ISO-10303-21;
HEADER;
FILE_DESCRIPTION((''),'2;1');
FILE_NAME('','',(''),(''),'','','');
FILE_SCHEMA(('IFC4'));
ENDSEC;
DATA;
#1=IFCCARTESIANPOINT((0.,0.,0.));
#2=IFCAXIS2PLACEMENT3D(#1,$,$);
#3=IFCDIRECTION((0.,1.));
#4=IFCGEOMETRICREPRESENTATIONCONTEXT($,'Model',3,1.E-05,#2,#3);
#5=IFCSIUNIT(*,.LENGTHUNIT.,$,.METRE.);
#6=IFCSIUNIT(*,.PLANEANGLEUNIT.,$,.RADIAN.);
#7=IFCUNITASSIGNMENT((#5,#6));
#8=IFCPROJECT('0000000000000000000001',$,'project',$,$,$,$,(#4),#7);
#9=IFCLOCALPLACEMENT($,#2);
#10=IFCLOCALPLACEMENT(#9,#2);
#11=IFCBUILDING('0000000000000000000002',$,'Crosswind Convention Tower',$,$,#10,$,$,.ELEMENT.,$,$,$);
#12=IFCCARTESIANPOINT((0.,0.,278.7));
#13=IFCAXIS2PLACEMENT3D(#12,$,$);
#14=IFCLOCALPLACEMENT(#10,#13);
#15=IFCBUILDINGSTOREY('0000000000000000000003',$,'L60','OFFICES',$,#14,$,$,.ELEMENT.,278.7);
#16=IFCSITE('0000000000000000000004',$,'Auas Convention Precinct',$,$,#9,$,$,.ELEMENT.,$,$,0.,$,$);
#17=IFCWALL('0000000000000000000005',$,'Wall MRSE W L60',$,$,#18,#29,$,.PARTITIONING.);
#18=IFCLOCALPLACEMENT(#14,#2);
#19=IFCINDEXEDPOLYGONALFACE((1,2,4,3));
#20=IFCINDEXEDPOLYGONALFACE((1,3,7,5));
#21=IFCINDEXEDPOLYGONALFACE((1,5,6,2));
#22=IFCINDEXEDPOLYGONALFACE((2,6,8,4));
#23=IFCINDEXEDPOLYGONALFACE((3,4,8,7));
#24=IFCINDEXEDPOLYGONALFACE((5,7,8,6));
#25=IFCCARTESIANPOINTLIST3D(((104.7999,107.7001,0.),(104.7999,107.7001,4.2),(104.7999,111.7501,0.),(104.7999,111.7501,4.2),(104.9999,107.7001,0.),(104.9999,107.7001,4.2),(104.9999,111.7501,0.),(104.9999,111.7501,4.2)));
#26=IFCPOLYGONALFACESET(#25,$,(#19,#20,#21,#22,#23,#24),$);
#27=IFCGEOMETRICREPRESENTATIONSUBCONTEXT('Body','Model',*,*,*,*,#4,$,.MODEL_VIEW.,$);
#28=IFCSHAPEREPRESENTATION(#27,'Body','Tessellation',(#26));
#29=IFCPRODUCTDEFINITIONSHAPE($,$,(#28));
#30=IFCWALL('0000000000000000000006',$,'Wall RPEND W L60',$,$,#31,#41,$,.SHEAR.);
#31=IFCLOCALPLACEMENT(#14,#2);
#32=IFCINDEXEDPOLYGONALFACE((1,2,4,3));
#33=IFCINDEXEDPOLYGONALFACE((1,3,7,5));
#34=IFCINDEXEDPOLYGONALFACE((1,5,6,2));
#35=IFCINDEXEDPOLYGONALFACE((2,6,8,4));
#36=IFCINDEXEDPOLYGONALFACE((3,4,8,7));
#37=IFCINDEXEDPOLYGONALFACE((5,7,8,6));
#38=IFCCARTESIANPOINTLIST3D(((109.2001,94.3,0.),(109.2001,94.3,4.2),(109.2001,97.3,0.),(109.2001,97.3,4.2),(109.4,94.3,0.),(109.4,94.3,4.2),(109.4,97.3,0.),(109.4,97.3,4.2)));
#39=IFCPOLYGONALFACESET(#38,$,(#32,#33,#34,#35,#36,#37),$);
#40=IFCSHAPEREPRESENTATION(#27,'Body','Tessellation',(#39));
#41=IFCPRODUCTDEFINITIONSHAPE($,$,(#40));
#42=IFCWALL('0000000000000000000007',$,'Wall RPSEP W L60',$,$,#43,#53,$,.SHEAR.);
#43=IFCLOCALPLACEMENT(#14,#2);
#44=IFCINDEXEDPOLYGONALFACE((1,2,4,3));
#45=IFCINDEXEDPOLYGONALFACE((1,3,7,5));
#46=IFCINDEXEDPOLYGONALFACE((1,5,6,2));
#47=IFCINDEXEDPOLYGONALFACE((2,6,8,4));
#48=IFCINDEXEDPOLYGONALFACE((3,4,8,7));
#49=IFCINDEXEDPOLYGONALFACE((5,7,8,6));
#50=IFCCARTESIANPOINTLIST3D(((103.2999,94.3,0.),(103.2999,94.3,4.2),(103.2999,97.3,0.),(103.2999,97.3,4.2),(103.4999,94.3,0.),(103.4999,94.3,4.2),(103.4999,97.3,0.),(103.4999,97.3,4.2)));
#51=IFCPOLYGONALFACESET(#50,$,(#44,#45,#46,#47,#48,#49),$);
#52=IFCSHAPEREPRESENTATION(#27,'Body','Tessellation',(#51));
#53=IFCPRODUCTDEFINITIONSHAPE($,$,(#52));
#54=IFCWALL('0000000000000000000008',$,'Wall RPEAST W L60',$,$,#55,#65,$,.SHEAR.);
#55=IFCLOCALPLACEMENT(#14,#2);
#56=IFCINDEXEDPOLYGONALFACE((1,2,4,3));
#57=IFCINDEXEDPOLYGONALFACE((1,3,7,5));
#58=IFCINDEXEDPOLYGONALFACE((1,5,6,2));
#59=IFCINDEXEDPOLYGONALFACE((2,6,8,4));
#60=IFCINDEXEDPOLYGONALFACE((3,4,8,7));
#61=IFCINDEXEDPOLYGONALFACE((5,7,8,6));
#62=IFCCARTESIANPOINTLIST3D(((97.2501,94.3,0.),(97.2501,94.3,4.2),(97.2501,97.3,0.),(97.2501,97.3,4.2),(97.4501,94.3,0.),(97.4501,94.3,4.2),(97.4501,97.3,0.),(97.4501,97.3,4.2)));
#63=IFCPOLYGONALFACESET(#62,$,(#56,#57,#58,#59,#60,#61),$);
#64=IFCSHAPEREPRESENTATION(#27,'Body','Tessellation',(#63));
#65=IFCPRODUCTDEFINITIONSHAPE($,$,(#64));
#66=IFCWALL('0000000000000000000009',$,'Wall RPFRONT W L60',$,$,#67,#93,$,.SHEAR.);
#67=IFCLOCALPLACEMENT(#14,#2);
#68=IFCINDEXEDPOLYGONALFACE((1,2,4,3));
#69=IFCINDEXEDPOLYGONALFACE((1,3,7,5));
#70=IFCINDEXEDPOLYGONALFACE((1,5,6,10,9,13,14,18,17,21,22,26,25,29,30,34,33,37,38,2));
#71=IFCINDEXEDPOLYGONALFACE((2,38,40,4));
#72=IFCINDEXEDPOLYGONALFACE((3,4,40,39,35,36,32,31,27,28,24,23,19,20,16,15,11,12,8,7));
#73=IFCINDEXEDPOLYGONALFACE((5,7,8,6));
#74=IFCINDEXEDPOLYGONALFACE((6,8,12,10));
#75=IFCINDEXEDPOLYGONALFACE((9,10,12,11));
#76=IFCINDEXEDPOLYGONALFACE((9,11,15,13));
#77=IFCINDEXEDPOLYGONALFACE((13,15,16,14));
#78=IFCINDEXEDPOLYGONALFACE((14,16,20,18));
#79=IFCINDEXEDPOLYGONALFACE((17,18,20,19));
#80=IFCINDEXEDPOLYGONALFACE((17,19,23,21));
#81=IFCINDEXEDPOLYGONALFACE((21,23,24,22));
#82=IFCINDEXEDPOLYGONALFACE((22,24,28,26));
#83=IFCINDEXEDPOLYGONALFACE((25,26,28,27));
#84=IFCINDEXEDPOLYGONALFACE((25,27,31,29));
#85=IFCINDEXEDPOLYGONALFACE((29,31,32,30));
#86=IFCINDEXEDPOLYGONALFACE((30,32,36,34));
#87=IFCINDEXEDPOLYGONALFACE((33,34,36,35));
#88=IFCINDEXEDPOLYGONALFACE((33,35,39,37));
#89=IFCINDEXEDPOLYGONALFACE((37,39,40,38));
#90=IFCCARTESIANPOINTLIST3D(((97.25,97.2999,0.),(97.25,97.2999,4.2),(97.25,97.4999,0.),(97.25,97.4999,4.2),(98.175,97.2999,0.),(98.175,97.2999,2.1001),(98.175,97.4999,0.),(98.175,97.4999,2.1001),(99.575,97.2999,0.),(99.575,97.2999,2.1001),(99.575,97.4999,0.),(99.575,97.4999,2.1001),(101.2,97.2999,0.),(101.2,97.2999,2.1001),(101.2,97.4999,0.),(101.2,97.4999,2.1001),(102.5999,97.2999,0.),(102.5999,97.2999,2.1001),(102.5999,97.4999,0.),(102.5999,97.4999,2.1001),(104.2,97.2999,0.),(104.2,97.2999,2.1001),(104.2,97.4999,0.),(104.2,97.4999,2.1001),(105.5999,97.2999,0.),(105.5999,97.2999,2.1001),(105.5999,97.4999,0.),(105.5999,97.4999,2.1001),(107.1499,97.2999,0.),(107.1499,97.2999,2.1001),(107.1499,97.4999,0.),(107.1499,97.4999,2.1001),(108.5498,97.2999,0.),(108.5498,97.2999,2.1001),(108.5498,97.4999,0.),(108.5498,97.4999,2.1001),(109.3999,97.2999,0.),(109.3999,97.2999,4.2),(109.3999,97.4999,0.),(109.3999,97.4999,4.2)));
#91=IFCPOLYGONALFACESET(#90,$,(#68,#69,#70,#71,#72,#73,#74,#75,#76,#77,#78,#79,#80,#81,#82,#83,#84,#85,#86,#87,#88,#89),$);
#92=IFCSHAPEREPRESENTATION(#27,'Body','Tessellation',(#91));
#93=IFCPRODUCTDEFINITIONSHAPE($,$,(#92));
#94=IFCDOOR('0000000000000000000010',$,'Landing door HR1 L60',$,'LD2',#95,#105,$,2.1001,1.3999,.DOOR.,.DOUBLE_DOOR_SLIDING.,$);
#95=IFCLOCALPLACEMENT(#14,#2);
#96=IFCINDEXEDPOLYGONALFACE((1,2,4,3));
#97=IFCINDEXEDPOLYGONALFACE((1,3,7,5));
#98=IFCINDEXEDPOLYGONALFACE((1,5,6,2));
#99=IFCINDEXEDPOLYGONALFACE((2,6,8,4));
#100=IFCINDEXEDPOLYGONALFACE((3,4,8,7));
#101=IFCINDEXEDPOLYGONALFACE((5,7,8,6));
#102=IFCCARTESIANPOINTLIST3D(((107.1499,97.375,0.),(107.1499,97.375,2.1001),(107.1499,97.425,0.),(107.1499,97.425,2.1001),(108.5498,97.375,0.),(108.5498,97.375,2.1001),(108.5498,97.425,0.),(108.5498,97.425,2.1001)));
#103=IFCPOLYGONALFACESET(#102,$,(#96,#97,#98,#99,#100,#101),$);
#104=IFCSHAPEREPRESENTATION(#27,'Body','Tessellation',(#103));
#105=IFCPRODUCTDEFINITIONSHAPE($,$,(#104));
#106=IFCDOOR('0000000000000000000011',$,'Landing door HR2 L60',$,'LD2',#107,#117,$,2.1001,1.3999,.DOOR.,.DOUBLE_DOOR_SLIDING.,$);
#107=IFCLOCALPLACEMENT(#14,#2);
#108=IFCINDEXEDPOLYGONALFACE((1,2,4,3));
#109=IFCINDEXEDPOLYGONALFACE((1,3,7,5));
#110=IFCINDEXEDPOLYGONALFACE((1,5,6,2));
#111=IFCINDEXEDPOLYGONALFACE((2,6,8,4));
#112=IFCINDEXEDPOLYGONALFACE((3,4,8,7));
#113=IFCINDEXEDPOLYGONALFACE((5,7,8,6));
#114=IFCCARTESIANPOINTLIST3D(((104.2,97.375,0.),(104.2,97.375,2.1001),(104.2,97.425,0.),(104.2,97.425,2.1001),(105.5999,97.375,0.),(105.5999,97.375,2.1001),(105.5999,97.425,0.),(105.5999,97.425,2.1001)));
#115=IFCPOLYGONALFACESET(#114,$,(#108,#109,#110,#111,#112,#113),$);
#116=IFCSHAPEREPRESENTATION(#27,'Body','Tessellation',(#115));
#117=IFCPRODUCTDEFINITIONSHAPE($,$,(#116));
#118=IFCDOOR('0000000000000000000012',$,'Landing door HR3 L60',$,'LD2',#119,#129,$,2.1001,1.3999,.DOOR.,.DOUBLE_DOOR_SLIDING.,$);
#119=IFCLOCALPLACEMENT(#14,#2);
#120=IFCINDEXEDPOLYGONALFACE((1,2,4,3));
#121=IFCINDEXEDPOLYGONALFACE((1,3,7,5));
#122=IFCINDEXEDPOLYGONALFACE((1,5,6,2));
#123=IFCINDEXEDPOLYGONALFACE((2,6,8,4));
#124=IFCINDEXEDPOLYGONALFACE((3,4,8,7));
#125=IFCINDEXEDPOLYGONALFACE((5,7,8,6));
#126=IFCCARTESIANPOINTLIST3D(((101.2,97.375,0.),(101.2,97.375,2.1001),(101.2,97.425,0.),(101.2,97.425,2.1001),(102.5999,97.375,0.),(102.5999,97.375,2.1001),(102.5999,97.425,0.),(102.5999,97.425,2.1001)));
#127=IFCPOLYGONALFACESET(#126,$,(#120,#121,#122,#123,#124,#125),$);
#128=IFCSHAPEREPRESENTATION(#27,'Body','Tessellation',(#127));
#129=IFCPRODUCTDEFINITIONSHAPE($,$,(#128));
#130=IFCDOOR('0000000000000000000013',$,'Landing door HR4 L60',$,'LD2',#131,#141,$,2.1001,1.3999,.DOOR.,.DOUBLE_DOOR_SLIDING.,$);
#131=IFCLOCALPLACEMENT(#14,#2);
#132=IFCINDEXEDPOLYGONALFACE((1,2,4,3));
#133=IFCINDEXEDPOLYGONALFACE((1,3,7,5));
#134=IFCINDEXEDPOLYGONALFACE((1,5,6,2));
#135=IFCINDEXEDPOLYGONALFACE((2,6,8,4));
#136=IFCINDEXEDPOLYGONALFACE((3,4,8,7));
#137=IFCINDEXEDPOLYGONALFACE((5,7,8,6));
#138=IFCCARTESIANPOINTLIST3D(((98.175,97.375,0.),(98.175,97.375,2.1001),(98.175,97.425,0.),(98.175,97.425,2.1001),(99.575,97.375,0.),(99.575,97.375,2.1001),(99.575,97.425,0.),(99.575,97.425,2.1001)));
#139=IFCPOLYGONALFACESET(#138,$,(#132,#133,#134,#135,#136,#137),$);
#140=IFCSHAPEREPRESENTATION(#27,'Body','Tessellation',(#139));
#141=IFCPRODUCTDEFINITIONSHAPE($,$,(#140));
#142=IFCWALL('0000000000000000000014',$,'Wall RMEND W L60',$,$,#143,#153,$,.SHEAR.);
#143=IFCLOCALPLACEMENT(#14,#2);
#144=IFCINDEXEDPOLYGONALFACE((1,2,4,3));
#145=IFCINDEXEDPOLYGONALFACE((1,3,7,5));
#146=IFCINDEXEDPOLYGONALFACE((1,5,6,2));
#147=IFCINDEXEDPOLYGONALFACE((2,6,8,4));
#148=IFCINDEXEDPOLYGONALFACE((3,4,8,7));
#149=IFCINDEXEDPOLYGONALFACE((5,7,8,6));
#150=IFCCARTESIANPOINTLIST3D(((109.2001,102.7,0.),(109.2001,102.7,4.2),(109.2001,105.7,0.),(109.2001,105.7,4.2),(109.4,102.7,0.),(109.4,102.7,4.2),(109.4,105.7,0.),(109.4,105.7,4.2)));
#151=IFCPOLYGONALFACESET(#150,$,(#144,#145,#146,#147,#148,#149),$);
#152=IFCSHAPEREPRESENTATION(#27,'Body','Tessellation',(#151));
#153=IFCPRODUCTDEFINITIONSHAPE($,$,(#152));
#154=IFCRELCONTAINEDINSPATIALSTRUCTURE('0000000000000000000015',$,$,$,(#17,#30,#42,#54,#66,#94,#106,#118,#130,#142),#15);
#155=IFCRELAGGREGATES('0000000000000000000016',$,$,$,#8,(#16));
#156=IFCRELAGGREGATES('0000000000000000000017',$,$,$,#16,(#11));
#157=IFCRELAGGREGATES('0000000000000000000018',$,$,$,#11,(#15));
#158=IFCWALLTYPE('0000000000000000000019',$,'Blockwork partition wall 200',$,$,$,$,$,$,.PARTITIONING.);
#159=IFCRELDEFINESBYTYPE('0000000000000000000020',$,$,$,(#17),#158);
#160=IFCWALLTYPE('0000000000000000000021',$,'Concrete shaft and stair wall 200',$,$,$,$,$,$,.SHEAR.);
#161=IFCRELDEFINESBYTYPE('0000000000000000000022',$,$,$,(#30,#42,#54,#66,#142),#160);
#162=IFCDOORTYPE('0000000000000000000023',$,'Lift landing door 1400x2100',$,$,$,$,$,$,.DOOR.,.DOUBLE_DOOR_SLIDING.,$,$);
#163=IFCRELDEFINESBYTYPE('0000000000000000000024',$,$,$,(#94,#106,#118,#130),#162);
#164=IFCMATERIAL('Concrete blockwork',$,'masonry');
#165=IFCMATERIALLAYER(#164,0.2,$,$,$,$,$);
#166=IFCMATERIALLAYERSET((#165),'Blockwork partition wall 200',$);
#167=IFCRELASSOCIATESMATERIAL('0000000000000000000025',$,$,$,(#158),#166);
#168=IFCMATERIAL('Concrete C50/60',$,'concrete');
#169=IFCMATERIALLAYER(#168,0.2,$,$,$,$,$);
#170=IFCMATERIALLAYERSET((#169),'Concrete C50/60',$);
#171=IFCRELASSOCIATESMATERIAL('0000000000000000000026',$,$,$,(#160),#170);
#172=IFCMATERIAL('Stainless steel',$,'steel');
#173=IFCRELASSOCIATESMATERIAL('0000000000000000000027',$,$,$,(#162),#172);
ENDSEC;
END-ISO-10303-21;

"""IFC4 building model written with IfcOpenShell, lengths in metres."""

from ifc_helpers import new_model, si_unit, direction, frame, frame_2d, origin, place, context, subcontext, project, spatial, rectangle, extrude, material, layer, layer_set, type_object, element, fill, save


model = new_model("IFC4")

# Units and contexts
model_context = context("Model", 3, precision=1e-05, world=origin(), true_north=direction((0.0, 1.0)))
body_context = subcontext(model_context, "Body", "Model", "MODEL_VIEW")
ifc_project = project(units=[si_unit("LENGTHUNIT", "METRE"), si_unit("PLANEANGLEUNIT", "RADIAN")], contexts=[model_context])

# Site, building, storey
site_placement = place(None, origin())
site = spatial("IfcSite", under=ifc_project, at=site_placement, Name="Auas Convention Precinct", CompositionType="ELEMENT", RefElevation=0.0)
building_placement = place(site_placement, origin())
building = spatial("IfcBuilding", under=site, at=building_placement, Name="Crosswind Convention Tower", CompositionType="ELEMENT")
storey_placement = place(building_placement, frame((0.0, 0.0, 278.7)))
storey = spatial("IfcBuildingStorey", under=building, at=storey_placement, Name="L60", Description="OFFICES", CompositionType="ELEMENT", Elevation=278.7)

# Walls
ifc_material_1 = material(Name="Concrete blockwork", Category="masonry")
ifc_layer_1 = layer(ifc_material_1, 0.2)
ifc_layer_set_1 = layer_set([ifc_layer_1], Name="Blockwork partition wall 200")
wall_type_1 = type_object("IfcWallType", Name="Blockwork partition wall 200", PredefinedType="PARTITIONING", material=ifc_layer_set_1)
wall_1_placement = place(storey_placement, frame((104.8999, 111.75, 0.0), z_axis=(0.0, 0.0, 1.0), x_axis=(0.0, -1.0, 0.0)))
element("IfcWall", 1, at=wall_1_placement, inside=storey, type_object=wall_type_1, Name="Wall MRSE W L60", PredefinedType="PARTITIONING", context=body_context, shape_type="SweptSolid", body=[
    extrude(rectangle(XDim=4.05, YDim=0.2, at=frame_2d((2.0249, 0.0))), origin(), (0.0, 0.0, 1.0), 4.2),
])
ifc_material_2 = material(Name="Concrete C50/60", Category="concrete")
ifc_layer_2 = layer(ifc_material_2, 0.2)
ifc_layer_set_2 = layer_set([ifc_layer_2], Name="Concrete C50/60")
wall_type_2 = type_object("IfcWallType", Name="Concrete shaft and stair wall 200", PredefinedType="SHEAR", material=ifc_layer_set_2)
for number, where, z_axis, x_axis, name in (
    (2, (109.3, 97.3, 0.0), (0.0, 0.0, 1.0), (0.0, -1.0, 0.0), "Wall RPEND W L60"),
    (3, (103.3999, 97.3, 0.0), (0.0, 0.0, 1.0), (0.0, -1.0, 0.0), "Wall RPSEP W L60"),
    (4, (97.3501, 97.3, 0.0), (0.0, 0.0, 1.0), (0.0, -1.0, 0.0), "Wall RPEAST W L60"),
):
    element("IfcWall", number, at=place(storey_placement, frame(where, z_axis=z_axis, x_axis=x_axis)), inside=storey, type_object=wall_type_2, Name=name, PredefinedType="SHEAR", context=body_context, shape_type="SweptSolid", body=[
        extrude(rectangle(XDim=3.0, YDim=0.2, at=frame_2d((1.5, 0.0))), origin(), (0.0, 0.0, 1.0), 4.2),
    ])

# Wall, openings, doors
wall_2_placement = place(storey_placement, frame((109.3999, 97.3999, 0.0), z_axis=(0.0, 0.0, 1.0), x_axis=(-1.0, 0.0, 0.0)))
wall_2 = element("IfcWall", 5, at=wall_2_placement, inside=storey, type_object=wall_type_2, Name="Wall RPFRONT W L60", PredefinedType="SHEAR", context=body_context, shape_type="SweptSolid", body=[
    extrude(rectangle(XDim=12.1499, YDim=0.2, at=frame_2d((6.075, 0.0))), origin(), (0.0, 0.0, 1.0), 4.2),
])
opening_1_placement = place(wall_2_placement, frame((0.8501, 0.0, 0.0)))
opening_1 = element("IfcOpeningElement", 6, at=opening_1_placement, cuts=wall_2, PredefinedType="OPENING", context=body_context, shape_type="SweptSolid", body=[
    extrude(rectangle(XDim=1.3999, YDim=2.1001, at=frame_2d((0.7, 1.05))), frame((0.0, 0.1099, 0.0), z_axis=(0.0, -1.0, 0.0), x_axis=(1.0, 0.0, 0.0)), (0.0, 0.0, 1.0), 0.22),
])
opening_2_placement = place(wall_2_placement, frame((3.8, 0.0, 0.0)))
opening_2 = element("IfcOpeningElement", 7, at=opening_2_placement, cuts=wall_2, PredefinedType="OPENING", context=body_context, shape_type="SweptSolid", body=[
    extrude(rectangle(XDim=1.3999, YDim=2.1001, at=frame_2d((0.7, 1.05))), frame((0.0, 0.1099, 0.0), z_axis=(0.0, -1.0, 0.0), x_axis=(1.0, 0.0, 0.0)), (0.0, 0.0, 1.0), 0.22),
])
opening_3_placement = place(wall_2_placement, frame((6.8, 0.0, 0.0)))
opening_3 = element("IfcOpeningElement", 8, at=opening_3_placement, cuts=wall_2, PredefinedType="OPENING", context=body_context, shape_type="SweptSolid", body=[
    extrude(rectangle(XDim=1.3999, YDim=2.1001, at=frame_2d((0.7, 1.05))), frame((0.0, 0.1099, 0.0), z_axis=(0.0, -1.0, 0.0), x_axis=(1.0, 0.0, 0.0)), (0.0, 0.0, 1.0), 0.22),
])
opening_4_placement = place(wall_2_placement, frame((9.825, 0.0, 0.0)))
opening_4 = element("IfcOpeningElement", 9, at=opening_4_placement, cuts=wall_2, PredefinedType="OPENING", context=body_context, shape_type="SweptSolid", body=[
    extrude(rectangle(XDim=1.3999, YDim=2.1001, at=frame_2d((0.7, 1.05))), frame((0.0, 0.1099, 0.0), z_axis=(0.0, -1.0, 0.0), x_axis=(1.0, 0.0, 0.0)), (0.0, 0.0, 1.0), 0.22),
])
ifc_material_3 = material(Name="Stainless steel", Category="steel")
door_type_1 = type_object("IfcDoorType", Name="Lift landing door 1400x2100", OperationType="DOUBLE_DOOR_SLIDING", PredefinedType="DOOR", material=ifc_material_3)
door_1_placement = place(opening_1_placement, origin())
door_1 = element("IfcDoor", 10, at=door_1_placement, inside=storey, type_object=door_type_1, Name="Landing door HR1 L60", ObjectType="LD2", OperationType="DOUBLE_DOOR_SLIDING", OverallHeight=2.1001, OverallWidth=1.3999, PredefinedType="DOOR", context=body_context, shape_type="SweptSolid", body=[
    extrude(rectangle(XDim=1.3999, YDim=2.1001, at=frame_2d((0.7, 1.05))), frame((0.0, 0.0249, 0.0), z_axis=(0.0, -1.0, 0.0), x_axis=(1.0, 0.0, 0.0)), (0.0, 0.0, 1.0), 0.05),
])
fill(opening_1, door_1)
door_2_placement = place(opening_2_placement, origin())
door_2 = element("IfcDoor", 11, at=door_2_placement, inside=storey, type_object=door_type_1, Name="Landing door HR2 L60", ObjectType="LD2", OperationType="DOUBLE_DOOR_SLIDING", OverallHeight=2.1001, OverallWidth=1.3999, PredefinedType="DOOR", context=body_context, shape_type="SweptSolid", body=[
    extrude(rectangle(XDim=1.3999, YDim=2.1001, at=frame_2d((0.7, 1.05))), frame((0.0, 0.0249, 0.0), z_axis=(0.0, -1.0, 0.0), x_axis=(1.0, 0.0, 0.0)), (0.0, 0.0, 1.0), 0.05),
])
fill(opening_2, door_2)
door_3_placement = place(opening_3_placement, origin())
door_3 = element("IfcDoor", 12, at=door_3_placement, inside=storey, type_object=door_type_1, Name="Landing door HR3 L60", ObjectType="LD2", OperationType="DOUBLE_DOOR_SLIDING", OverallHeight=2.1001, OverallWidth=1.3999, PredefinedType="DOOR", context=body_context, shape_type="SweptSolid", body=[
    extrude(rectangle(XDim=1.3999, YDim=2.1001, at=frame_2d((0.7, 1.05))), frame((0.0, 0.0249, 0.0), z_axis=(0.0, -1.0, 0.0), x_axis=(1.0, 0.0, 0.0)), (0.0, 0.0, 1.0), 0.05),
])
fill(opening_3, door_3)
door_4_placement = place(opening_4_placement, origin())
door_4 = element("IfcDoor", 13, at=door_4_placement, inside=storey, type_object=door_type_1, Name="Landing door HR4 L60", ObjectType="LD2", OperationType="DOUBLE_DOOR_SLIDING", OverallHeight=2.1001, OverallWidth=1.3999, PredefinedType="DOOR", context=body_context, shape_type="SweptSolid", body=[
    extrude(rectangle(XDim=1.3999, YDim=2.1001, at=frame_2d((0.7, 1.05))), frame((0.0, 0.0249, 0.0), z_axis=(0.0, -1.0, 0.0), x_axis=(1.0, 0.0, 0.0)), (0.0, 0.0, 1.0), 0.05),
])
fill(opening_4, door_4)

# Wall
wall_3_placement = place(storey_placement, frame((109.3, 105.7, 0.0), z_axis=(0.0, 0.0, 1.0), x_axis=(0.0, -1.0, 0.0)))
element("IfcWall", 14, at=wall_3_placement, inside=storey, type_object=wall_type_2, Name="Wall RMEND W L60", PredefinedType="SHEAR", context=body_context, shape_type="SweptSolid", body=[
    extrude(rectangle(XDim=3.0, YDim=0.2, at=frame_2d((1.5, 0.0))), origin(), (0.0, 0.0, 1.0), 4.2),
])

save(model, "model.ifc")
